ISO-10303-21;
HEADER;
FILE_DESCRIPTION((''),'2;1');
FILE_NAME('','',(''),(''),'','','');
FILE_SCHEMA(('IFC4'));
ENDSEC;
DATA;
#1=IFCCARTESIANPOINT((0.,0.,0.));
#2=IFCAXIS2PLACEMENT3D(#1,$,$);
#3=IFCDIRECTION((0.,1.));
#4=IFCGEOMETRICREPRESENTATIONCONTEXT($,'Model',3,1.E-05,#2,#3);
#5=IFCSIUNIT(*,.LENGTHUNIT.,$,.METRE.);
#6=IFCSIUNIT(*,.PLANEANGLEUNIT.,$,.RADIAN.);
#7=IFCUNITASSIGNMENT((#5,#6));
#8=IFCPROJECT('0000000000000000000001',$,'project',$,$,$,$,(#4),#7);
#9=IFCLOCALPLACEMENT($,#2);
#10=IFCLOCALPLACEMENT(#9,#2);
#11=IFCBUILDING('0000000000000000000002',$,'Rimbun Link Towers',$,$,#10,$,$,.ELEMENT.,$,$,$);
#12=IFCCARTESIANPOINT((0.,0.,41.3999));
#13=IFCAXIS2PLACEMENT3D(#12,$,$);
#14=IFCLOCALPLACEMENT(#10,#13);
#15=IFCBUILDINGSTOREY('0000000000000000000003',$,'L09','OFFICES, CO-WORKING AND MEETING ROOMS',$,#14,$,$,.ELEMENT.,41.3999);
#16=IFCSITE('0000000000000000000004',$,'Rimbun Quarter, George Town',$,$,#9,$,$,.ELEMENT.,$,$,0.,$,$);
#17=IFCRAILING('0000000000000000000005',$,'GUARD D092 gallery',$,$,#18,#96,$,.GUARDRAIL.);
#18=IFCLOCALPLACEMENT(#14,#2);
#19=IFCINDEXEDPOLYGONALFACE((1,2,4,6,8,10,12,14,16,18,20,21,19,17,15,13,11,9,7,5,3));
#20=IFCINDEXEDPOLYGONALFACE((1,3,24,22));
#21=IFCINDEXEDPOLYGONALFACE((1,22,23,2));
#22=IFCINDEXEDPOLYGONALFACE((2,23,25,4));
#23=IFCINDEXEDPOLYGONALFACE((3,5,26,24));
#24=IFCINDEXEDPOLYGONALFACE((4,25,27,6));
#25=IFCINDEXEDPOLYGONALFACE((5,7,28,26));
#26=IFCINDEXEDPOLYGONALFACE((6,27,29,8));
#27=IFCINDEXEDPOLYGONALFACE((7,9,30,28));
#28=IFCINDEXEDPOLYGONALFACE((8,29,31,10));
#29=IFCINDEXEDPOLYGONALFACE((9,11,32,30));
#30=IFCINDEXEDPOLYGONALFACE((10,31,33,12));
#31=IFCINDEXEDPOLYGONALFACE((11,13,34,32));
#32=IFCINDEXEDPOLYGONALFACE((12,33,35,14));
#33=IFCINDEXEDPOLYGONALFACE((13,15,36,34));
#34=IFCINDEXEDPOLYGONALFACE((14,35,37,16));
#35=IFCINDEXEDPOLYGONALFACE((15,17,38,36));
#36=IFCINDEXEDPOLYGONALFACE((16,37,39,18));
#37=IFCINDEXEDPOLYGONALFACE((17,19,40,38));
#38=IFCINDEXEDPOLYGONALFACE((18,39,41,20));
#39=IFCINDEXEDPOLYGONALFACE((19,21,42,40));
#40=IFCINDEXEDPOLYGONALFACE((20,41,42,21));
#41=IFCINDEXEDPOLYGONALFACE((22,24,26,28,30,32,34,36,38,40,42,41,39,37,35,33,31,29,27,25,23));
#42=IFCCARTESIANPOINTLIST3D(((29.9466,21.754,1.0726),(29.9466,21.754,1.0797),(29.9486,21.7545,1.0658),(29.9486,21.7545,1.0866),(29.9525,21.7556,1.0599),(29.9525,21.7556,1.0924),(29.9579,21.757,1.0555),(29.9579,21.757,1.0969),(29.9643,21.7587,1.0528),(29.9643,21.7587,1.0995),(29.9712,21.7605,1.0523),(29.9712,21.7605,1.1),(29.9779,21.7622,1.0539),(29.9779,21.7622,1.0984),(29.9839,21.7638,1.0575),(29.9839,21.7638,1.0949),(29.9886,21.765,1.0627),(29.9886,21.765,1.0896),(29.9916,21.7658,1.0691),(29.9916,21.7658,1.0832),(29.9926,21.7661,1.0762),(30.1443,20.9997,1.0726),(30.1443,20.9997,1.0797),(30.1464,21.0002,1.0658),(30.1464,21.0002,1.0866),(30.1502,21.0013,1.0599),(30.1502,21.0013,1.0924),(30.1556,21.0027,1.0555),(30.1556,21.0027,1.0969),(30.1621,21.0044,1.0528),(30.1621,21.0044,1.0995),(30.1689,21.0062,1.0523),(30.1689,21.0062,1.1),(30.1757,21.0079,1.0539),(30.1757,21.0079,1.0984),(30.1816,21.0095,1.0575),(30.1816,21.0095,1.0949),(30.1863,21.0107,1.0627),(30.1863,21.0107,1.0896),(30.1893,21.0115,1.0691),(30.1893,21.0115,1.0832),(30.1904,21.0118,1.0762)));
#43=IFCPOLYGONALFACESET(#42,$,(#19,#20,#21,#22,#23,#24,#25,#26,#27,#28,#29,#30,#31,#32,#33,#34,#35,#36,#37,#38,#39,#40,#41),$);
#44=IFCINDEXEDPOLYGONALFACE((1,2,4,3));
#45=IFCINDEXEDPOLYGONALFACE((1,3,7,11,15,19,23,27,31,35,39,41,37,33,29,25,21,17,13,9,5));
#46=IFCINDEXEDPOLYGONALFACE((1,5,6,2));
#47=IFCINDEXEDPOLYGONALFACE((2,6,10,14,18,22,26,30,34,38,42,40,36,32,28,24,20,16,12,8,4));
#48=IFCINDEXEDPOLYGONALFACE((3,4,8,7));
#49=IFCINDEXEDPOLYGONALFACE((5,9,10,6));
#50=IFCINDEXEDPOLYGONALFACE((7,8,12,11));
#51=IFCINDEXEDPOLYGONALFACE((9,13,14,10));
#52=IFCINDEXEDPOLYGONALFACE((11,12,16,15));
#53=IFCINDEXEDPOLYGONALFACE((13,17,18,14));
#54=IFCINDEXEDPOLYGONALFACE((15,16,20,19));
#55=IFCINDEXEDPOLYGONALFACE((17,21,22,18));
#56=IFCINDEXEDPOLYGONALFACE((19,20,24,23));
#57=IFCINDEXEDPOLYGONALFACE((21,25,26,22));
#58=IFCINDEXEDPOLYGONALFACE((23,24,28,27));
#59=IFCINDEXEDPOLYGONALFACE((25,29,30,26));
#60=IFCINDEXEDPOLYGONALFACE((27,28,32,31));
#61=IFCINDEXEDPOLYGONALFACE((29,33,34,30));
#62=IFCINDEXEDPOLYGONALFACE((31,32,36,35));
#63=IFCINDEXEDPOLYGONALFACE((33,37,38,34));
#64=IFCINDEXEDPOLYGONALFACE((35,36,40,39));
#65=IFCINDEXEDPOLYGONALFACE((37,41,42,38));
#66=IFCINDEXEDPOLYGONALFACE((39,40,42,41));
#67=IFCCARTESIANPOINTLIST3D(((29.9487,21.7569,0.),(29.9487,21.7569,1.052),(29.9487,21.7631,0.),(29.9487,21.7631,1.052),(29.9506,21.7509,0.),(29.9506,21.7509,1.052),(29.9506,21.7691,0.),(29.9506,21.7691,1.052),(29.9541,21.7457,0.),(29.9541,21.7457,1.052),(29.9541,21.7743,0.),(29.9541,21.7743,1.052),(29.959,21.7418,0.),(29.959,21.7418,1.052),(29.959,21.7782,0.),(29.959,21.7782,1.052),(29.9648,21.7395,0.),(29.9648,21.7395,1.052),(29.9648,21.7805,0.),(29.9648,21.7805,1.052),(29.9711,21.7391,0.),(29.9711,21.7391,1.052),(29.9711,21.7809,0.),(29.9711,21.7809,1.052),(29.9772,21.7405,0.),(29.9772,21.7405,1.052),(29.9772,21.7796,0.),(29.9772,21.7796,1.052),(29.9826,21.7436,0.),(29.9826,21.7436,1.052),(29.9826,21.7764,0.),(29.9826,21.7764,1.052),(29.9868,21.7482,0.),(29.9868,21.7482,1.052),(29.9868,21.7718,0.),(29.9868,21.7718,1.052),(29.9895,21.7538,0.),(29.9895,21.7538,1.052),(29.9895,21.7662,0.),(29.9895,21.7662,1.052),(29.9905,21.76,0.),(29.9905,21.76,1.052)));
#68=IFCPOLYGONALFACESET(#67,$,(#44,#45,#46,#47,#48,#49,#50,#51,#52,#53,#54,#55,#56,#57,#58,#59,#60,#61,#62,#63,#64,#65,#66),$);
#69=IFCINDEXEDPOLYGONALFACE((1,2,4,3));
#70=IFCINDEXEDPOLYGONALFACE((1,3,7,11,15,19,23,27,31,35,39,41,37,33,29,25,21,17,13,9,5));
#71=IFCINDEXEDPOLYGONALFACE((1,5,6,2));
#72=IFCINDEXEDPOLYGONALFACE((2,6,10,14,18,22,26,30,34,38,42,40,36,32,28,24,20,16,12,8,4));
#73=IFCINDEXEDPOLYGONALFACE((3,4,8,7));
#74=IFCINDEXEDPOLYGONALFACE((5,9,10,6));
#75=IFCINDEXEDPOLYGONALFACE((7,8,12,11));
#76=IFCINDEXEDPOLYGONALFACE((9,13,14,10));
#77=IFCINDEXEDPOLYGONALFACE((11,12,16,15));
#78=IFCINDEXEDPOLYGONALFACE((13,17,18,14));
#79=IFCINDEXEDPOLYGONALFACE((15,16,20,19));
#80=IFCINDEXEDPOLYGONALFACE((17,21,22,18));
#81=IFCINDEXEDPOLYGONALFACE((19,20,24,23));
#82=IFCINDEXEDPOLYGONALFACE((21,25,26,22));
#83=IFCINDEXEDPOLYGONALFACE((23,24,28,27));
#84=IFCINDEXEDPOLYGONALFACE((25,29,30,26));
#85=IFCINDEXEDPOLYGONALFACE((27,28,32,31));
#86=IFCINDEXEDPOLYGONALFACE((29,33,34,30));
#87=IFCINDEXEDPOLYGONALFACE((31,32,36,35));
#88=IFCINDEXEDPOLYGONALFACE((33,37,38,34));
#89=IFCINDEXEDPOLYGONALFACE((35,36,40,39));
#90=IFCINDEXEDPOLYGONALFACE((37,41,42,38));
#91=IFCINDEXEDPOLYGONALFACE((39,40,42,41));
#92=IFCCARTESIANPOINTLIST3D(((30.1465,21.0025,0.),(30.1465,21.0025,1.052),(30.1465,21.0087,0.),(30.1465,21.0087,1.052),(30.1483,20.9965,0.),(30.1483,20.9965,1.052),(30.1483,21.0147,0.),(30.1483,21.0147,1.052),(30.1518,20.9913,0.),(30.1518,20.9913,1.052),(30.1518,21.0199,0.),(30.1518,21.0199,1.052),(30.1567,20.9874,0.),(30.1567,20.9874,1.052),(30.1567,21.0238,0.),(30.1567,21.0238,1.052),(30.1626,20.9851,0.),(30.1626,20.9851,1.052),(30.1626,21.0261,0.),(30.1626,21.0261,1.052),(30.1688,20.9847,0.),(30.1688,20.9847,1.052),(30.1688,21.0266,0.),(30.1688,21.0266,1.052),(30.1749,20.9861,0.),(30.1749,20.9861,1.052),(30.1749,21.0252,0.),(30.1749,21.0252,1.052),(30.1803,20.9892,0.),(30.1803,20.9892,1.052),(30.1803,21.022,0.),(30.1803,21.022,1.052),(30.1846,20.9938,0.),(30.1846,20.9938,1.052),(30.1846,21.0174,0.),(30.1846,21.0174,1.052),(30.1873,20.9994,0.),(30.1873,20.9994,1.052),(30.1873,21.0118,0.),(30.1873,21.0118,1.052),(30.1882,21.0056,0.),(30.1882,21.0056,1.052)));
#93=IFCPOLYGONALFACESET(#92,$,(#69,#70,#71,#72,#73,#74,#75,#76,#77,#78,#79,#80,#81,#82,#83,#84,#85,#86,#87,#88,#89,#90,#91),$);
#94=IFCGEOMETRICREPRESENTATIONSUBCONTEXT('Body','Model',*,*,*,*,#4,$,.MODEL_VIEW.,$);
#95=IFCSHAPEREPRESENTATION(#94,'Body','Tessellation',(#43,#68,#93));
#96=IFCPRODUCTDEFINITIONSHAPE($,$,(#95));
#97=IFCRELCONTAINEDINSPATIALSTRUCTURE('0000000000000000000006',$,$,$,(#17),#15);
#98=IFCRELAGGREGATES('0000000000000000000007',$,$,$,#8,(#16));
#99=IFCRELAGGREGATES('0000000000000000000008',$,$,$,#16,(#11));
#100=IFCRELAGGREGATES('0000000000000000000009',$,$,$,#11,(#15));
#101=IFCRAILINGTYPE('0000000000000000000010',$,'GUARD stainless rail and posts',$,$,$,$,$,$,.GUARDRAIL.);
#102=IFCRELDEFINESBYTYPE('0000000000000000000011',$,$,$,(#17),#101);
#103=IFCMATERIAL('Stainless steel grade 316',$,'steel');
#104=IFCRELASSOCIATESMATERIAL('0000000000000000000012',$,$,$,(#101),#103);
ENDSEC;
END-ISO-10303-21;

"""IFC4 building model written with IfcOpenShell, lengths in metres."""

from ifc_helpers import new_model, si_unit, direction, frame, origin, origin_2d, place, context, subcontext, project, spatial, circle, extrude, material, type_object, element, save


model = new_model("IFC4")

# Units and contexts
model_context = context("Model", 3, precision=1e-05, world=origin(), true_north=direction((0.0, 1.0)))
body_context = subcontext(model_context, "Body", "Model", "MODEL_VIEW")
ifc_project = project(units=[si_unit("LENGTHUNIT", "METRE"), si_unit("PLANEANGLEUNIT", "RADIAN")], contexts=[model_context])

# Site, building, storey
site_placement = place(None, origin())
site = spatial("IfcSite", under=ifc_project, at=site_placement, Name="Rimbun Quarter, George Town", CompositionType="ELEMENT", RefElevation=0.0)
building_placement = place(site_placement, origin())
building = spatial("IfcBuilding", under=site, at=building_placement, Name="Rimbun Link Towers", CompositionType="ELEMENT")
storey_placement = place(building_placement, frame((0.0, 0.0, 41.3999)))
storey = spatial("IfcBuildingStorey", under=building, at=storey_placement, Name="L09", Description="OFFICES, CO-WORKING AND MEETING ROOMS", CompositionType="ELEMENT", Elevation=41.3999)

# Railing
ifc_material_1 = material(Name="Stainless steel grade 316", Category="steel")
railing_type = type_object("IfcRailingType", Name="GUARD stainless rail and posts", PredefinedType="GUARDRAIL", material=ifc_material_1)
railing_1_placement = place(storey_placement, frame((29.9695, 21.76, 0.0)))
element("IfcRailing", 1, at=railing_1_placement, inside=storey, type_object=railing_type, Name="GUARD D092 gallery", PredefinedType="GUARDRAIL", context=body_context, shape_type="SweptSolid", body=[
    extrude(circle(Radius=0.0239, at=origin_2d()), frame((0.0, 0.0, 1.0762), z_axis=(0.253569, -0.967317, 0.0), x_axis=(0.967317, 0.253569, 0.0)), (0.0, 0.0, 1.0), 0.7798),
    extrude(circle(Radius=0.021, at=origin_2d()), origin(), (0.0, 0.0, 1.0), 1.052),
    extrude(circle(Radius=0.021, at=origin_2d()), frame((0.1978, -0.7544, 0.0)), (0.0, 0.0, 1.0), 1.052),
])

save(model, "model.ifc")
